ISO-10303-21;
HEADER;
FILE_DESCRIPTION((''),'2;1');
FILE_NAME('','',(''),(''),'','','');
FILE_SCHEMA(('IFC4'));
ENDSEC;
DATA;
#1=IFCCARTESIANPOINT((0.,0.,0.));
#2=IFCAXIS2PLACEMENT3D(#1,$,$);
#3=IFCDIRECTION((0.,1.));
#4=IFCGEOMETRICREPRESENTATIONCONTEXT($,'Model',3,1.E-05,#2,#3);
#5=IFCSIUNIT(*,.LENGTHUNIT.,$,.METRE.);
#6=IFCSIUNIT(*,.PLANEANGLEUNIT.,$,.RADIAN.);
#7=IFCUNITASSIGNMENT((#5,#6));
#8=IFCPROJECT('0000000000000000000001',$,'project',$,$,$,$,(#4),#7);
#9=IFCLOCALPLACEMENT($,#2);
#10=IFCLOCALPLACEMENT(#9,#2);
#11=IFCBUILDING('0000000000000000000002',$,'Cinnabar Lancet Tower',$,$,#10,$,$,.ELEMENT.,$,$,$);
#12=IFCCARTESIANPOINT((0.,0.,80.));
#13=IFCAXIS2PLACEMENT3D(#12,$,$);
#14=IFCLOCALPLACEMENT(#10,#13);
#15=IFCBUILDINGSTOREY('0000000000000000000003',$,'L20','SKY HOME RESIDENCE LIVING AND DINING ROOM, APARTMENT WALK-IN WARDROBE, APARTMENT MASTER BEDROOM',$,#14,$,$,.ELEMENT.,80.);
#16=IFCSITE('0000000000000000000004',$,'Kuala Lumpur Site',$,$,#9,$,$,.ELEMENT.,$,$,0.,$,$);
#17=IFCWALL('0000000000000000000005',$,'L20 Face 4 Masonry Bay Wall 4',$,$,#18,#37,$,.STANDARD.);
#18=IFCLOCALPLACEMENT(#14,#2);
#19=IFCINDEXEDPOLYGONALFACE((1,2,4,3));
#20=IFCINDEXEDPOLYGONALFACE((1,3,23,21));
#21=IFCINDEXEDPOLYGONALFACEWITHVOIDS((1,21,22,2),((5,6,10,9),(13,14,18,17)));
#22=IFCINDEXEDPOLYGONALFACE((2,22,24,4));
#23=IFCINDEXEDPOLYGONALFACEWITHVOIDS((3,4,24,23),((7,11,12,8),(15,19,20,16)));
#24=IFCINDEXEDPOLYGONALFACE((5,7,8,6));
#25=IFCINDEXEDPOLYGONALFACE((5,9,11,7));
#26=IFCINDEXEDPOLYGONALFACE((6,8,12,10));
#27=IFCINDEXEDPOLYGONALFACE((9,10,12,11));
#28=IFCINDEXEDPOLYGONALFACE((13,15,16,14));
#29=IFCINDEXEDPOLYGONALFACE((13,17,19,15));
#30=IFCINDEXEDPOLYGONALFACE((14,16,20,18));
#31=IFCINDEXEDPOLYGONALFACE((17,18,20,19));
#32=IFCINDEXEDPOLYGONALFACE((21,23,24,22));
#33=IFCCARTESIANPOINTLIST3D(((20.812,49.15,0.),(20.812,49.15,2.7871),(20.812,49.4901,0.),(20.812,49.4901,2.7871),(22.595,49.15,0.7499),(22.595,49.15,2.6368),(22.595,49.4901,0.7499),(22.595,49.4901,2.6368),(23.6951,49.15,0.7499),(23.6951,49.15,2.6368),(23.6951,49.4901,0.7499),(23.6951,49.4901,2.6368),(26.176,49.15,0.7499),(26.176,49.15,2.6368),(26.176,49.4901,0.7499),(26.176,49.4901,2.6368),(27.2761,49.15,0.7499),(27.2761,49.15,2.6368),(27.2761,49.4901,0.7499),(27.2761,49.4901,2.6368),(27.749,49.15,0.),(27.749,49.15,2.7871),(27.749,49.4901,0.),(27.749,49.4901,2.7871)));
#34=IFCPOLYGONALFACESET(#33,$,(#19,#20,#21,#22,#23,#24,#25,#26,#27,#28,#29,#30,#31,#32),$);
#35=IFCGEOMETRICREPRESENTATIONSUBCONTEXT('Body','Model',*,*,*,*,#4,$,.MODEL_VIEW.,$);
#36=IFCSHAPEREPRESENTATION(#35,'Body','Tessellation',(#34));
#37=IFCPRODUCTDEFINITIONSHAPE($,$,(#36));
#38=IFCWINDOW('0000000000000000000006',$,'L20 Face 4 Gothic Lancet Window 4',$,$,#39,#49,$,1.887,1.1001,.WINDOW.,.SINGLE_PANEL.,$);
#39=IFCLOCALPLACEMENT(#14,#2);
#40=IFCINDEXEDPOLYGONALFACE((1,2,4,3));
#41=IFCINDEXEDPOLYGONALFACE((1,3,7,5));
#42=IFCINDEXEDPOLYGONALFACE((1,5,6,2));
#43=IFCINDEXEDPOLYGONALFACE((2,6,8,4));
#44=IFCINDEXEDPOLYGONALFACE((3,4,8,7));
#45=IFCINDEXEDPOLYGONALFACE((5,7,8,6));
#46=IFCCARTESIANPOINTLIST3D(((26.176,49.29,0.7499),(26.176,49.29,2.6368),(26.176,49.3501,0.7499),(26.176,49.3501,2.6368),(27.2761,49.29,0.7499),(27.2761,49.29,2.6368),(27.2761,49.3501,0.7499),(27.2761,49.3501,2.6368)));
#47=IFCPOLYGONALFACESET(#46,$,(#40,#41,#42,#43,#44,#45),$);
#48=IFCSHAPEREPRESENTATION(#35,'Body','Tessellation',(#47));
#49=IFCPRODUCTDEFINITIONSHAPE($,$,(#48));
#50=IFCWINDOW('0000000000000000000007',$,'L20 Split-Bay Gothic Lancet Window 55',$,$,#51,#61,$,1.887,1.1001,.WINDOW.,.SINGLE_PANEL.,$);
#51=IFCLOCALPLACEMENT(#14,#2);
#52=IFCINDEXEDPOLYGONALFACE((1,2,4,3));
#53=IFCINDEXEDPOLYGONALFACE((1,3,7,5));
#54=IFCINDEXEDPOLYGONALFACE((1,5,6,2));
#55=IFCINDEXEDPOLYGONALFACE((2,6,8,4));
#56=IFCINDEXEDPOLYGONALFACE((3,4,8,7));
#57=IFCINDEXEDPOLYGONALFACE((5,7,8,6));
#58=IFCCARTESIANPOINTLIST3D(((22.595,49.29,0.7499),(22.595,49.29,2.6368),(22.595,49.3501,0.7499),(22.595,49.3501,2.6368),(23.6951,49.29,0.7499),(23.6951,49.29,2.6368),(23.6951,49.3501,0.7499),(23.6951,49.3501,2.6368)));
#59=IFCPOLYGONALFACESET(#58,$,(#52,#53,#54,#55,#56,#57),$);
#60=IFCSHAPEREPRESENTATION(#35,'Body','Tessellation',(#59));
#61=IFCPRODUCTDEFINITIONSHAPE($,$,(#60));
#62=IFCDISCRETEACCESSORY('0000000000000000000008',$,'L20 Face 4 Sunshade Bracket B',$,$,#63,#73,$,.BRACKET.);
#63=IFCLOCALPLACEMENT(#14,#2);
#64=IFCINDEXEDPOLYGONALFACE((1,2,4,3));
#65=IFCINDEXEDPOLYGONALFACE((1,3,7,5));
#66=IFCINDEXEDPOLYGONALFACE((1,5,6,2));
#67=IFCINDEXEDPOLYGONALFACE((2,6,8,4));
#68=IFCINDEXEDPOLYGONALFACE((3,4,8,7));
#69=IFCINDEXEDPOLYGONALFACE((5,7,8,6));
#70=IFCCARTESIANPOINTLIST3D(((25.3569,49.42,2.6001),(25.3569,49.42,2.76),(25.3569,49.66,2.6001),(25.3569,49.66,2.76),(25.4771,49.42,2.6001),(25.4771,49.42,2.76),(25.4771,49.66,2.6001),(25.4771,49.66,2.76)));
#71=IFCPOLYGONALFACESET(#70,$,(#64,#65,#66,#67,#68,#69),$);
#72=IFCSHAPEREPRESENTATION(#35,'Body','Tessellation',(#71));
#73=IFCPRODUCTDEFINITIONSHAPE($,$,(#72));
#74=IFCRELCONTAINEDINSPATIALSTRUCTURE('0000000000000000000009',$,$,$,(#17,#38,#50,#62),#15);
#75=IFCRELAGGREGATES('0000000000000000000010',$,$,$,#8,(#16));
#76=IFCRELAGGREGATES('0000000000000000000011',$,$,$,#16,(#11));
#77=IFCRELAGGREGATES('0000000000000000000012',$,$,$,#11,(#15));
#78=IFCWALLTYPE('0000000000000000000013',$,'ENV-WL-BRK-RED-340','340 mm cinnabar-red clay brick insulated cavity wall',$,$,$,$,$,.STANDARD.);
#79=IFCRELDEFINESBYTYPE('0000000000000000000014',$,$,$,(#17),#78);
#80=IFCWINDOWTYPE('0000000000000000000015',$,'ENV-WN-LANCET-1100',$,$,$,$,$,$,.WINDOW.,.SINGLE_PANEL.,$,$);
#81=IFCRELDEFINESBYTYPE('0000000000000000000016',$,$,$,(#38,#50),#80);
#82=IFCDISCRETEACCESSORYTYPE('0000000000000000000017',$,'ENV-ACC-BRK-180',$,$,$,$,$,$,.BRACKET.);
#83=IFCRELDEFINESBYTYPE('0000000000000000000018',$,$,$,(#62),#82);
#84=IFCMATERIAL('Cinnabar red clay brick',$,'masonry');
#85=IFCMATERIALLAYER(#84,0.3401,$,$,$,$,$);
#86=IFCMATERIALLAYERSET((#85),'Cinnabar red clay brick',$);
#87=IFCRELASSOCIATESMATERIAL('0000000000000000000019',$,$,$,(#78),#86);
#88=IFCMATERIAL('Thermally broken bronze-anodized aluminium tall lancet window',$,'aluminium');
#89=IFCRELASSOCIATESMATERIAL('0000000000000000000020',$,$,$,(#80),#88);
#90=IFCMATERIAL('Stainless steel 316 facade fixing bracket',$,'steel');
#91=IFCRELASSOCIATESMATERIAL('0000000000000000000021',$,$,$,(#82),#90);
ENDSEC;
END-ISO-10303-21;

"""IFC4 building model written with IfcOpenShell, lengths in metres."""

from ifc_helpers import new_model, si_unit, direction, frame, frame_2d, origin, origin_2d, place, context, subcontext, project, spatial, rectangle, extrude, material, layer, layer_set, type_object, element, fill, save


model = new_model("IFC4")

# Units and contexts
model_context = context("Model", 3, precision=1e-05, world=origin(), true_north=direction((0.0, 1.0)))
body_context = subcontext(model_context, "Body", "Model", "MODEL_VIEW")
ifc_project = project(units=[si_unit("LENGTHUNIT", "METRE"), si_unit("PLANEANGLEUNIT", "RADIAN")], contexts=[model_context])

# Site, building, storey
site_placement = place(None, origin())
site = spatial("IfcSite", under=ifc_project, at=site_placement, Name="Kuala Lumpur Site", CompositionType="ELEMENT", RefElevation=0.0)
building_placement = place(site_placement, origin())
building = spatial("IfcBuilding", under=site, at=building_placement, Name="Cinnabar Lancet Tower", CompositionType="ELEMENT")
storey_placement = place(building_placement, frame((0.0, 0.0, 80.0)))
storey = spatial("IfcBuildingStorey", under=building, at=storey_placement, Name="L20", Description="SKY HOME RESIDENCE LIVING AND DINING ROOM, APARTMENT WALK-IN WARDROBE, APARTMENT MASTER BEDROOM", CompositionType="ELEMENT", Elevation=80.0)

# Wall, openings, windows
ifc_material_1 = material(Name="Cinnabar red clay brick", Category="masonry")
ifc_layer_1 = layer(ifc_material_1, 0.3401)
ifc_layer_set_1 = layer_set([ifc_layer_1], Name="Cinnabar red clay brick")
wall_type_1 = type_object("IfcWallType", Name="ENV-WL-BRK-RED-340", Description="340 mm cinnabar-red clay brick insulated cavity wall", PredefinedType="STANDARD", material=ifc_layer_set_1)
wall_1_placement = place(storey_placement, frame((27.749, 49.3201, 0.0), z_axis=(0.0, 0.0, 1.0), x_axis=(-1.0, 0.0, 0.0)))
wall_1 = element("IfcWall", 1, at=wall_1_placement, inside=storey, type_object=wall_type_1, Name="L20 Face 4 Masonry Bay Wall 4", PredefinedType="STANDARD", context=body_context, shape_type="SweptSolid", body=[
    extrude(rectangle(XDim=6.937, YDim=0.3401, at=frame_2d((3.4685, 0.0))), origin(), (0.0, 0.0, 1.0), 2.7871),
])
opening_1_placement = place(wall_1_placement, frame((0.4729, 0.0, 0.75)))
opening_1 = element("IfcOpeningElement", 2, at=opening_1_placement, cuts=wall_1, PredefinedType="OPENING", context=body_context, shape_type="SweptSolid", body=[
    extrude(rectangle(XDim=1.1001, YDim=1.887, at=frame_2d((0.55, 0.9434))), frame((0.0, 0.1799, 0.0), z_axis=(0.0, -1.0, 0.0), x_axis=(1.0, 0.0, 0.0)), (0.0, 0.0, 1.0), 0.3601),
])
opening_2_placement = place(wall_1_placement, frame((4.054, 0.0, 0.75)))
opening_2 = element("IfcOpeningElement", 3, at=opening_2_placement, cuts=wall_1, PredefinedType="OPENING", context=body_context, shape_type="SweptSolid", body=[
    extrude(rectangle(XDim=1.1001, YDim=1.887, at=frame_2d((0.55, 0.9434))), frame((0.0, 0.1799, 0.0), z_axis=(0.0, -1.0, 0.0), x_axis=(1.0, 0.0, 0.0)), (0.0, 0.0, 1.0), 0.3601),
])
ifc_material_2 = material(Name="Thermally broken bronze-anodized aluminium tall lancet window", Category="aluminium")
window_type = type_object("IfcWindowType", Name="ENV-WN-LANCET-1100", PartitioningType="SINGLE_PANEL", PredefinedType="WINDOW", material=ifc_material_2)
window_1_placement = place(opening_1_placement, origin())
window_1 = element("IfcWindow", 4, at=window_1_placement, inside=storey, type_object=window_type, Name="L20 Face 4 Gothic Lancet Window 4", OverallHeight=1.887, OverallWidth=1.1001, PartitioningType="SINGLE_PANEL", PredefinedType="WINDOW", context=body_context, shape_type="SweptSolid", body=[
    extrude(rectangle(XDim=1.1001, YDim=1.887, at=frame_2d((0.55, 0.9434))), frame((0.0, 0.03, 0.0), z_axis=(0.0, -1.0, 0.0), x_axis=(1.0, 0.0, 0.0)), (0.0, 0.0, 1.0), 0.0601),
])
fill(opening_1, window_1)
window_2_placement = place(opening_2_placement, origin())
window_2 = element("IfcWindow", 5, at=window_2_placement, inside=storey, type_object=window_type, Name="L20 Split-Bay Gothic Lancet Window 55", OverallHeight=1.887, OverallWidth=1.1001, PartitioningType="SINGLE_PANEL", PredefinedType="WINDOW", context=body_context, shape_type="SweptSolid", body=[
    extrude(rectangle(XDim=1.1001, YDim=1.887, at=frame_2d((0.55, 0.9434))), frame((0.0, 0.03, 0.0), z_axis=(0.0, -1.0, 0.0), x_axis=(1.0, 0.0, 0.0)), (0.0, 0.0, 1.0), 0.0601),
])
fill(opening_2, window_2)

# Discrete accessory
ifc_material_3 = material(Name="Stainless steel 316 facade fixing bracket", Category="steel")
discrete_accessory_type = type_object("IfcDiscreteAccessoryType", Name="ENV-ACC-BRK-180", PredefinedType="BRACKET", material=ifc_material_3)
discrete_accessory_placement = place(storey_placement, frame((25.417, 49.54, 2.6001), z_axis=(0.0, 0.0, 1.0), x_axis=(-1.0, 0.0, 0.0)))
element("IfcDiscreteAccessory", 6, at=discrete_accessory_placement, inside=storey, type_object=discrete_accessory_type, Name="L20 Face 4 Sunshade Bracket B", PredefinedType="BRACKET", context=body_context, shape_type="SweptSolid", body=[
    extrude(rectangle(XDim=0.1201, YDim=0.24, at=origin_2d()), origin(), (0.0, 0.0, 1.0), 0.1599),
])

save(model, "model.ifc")
